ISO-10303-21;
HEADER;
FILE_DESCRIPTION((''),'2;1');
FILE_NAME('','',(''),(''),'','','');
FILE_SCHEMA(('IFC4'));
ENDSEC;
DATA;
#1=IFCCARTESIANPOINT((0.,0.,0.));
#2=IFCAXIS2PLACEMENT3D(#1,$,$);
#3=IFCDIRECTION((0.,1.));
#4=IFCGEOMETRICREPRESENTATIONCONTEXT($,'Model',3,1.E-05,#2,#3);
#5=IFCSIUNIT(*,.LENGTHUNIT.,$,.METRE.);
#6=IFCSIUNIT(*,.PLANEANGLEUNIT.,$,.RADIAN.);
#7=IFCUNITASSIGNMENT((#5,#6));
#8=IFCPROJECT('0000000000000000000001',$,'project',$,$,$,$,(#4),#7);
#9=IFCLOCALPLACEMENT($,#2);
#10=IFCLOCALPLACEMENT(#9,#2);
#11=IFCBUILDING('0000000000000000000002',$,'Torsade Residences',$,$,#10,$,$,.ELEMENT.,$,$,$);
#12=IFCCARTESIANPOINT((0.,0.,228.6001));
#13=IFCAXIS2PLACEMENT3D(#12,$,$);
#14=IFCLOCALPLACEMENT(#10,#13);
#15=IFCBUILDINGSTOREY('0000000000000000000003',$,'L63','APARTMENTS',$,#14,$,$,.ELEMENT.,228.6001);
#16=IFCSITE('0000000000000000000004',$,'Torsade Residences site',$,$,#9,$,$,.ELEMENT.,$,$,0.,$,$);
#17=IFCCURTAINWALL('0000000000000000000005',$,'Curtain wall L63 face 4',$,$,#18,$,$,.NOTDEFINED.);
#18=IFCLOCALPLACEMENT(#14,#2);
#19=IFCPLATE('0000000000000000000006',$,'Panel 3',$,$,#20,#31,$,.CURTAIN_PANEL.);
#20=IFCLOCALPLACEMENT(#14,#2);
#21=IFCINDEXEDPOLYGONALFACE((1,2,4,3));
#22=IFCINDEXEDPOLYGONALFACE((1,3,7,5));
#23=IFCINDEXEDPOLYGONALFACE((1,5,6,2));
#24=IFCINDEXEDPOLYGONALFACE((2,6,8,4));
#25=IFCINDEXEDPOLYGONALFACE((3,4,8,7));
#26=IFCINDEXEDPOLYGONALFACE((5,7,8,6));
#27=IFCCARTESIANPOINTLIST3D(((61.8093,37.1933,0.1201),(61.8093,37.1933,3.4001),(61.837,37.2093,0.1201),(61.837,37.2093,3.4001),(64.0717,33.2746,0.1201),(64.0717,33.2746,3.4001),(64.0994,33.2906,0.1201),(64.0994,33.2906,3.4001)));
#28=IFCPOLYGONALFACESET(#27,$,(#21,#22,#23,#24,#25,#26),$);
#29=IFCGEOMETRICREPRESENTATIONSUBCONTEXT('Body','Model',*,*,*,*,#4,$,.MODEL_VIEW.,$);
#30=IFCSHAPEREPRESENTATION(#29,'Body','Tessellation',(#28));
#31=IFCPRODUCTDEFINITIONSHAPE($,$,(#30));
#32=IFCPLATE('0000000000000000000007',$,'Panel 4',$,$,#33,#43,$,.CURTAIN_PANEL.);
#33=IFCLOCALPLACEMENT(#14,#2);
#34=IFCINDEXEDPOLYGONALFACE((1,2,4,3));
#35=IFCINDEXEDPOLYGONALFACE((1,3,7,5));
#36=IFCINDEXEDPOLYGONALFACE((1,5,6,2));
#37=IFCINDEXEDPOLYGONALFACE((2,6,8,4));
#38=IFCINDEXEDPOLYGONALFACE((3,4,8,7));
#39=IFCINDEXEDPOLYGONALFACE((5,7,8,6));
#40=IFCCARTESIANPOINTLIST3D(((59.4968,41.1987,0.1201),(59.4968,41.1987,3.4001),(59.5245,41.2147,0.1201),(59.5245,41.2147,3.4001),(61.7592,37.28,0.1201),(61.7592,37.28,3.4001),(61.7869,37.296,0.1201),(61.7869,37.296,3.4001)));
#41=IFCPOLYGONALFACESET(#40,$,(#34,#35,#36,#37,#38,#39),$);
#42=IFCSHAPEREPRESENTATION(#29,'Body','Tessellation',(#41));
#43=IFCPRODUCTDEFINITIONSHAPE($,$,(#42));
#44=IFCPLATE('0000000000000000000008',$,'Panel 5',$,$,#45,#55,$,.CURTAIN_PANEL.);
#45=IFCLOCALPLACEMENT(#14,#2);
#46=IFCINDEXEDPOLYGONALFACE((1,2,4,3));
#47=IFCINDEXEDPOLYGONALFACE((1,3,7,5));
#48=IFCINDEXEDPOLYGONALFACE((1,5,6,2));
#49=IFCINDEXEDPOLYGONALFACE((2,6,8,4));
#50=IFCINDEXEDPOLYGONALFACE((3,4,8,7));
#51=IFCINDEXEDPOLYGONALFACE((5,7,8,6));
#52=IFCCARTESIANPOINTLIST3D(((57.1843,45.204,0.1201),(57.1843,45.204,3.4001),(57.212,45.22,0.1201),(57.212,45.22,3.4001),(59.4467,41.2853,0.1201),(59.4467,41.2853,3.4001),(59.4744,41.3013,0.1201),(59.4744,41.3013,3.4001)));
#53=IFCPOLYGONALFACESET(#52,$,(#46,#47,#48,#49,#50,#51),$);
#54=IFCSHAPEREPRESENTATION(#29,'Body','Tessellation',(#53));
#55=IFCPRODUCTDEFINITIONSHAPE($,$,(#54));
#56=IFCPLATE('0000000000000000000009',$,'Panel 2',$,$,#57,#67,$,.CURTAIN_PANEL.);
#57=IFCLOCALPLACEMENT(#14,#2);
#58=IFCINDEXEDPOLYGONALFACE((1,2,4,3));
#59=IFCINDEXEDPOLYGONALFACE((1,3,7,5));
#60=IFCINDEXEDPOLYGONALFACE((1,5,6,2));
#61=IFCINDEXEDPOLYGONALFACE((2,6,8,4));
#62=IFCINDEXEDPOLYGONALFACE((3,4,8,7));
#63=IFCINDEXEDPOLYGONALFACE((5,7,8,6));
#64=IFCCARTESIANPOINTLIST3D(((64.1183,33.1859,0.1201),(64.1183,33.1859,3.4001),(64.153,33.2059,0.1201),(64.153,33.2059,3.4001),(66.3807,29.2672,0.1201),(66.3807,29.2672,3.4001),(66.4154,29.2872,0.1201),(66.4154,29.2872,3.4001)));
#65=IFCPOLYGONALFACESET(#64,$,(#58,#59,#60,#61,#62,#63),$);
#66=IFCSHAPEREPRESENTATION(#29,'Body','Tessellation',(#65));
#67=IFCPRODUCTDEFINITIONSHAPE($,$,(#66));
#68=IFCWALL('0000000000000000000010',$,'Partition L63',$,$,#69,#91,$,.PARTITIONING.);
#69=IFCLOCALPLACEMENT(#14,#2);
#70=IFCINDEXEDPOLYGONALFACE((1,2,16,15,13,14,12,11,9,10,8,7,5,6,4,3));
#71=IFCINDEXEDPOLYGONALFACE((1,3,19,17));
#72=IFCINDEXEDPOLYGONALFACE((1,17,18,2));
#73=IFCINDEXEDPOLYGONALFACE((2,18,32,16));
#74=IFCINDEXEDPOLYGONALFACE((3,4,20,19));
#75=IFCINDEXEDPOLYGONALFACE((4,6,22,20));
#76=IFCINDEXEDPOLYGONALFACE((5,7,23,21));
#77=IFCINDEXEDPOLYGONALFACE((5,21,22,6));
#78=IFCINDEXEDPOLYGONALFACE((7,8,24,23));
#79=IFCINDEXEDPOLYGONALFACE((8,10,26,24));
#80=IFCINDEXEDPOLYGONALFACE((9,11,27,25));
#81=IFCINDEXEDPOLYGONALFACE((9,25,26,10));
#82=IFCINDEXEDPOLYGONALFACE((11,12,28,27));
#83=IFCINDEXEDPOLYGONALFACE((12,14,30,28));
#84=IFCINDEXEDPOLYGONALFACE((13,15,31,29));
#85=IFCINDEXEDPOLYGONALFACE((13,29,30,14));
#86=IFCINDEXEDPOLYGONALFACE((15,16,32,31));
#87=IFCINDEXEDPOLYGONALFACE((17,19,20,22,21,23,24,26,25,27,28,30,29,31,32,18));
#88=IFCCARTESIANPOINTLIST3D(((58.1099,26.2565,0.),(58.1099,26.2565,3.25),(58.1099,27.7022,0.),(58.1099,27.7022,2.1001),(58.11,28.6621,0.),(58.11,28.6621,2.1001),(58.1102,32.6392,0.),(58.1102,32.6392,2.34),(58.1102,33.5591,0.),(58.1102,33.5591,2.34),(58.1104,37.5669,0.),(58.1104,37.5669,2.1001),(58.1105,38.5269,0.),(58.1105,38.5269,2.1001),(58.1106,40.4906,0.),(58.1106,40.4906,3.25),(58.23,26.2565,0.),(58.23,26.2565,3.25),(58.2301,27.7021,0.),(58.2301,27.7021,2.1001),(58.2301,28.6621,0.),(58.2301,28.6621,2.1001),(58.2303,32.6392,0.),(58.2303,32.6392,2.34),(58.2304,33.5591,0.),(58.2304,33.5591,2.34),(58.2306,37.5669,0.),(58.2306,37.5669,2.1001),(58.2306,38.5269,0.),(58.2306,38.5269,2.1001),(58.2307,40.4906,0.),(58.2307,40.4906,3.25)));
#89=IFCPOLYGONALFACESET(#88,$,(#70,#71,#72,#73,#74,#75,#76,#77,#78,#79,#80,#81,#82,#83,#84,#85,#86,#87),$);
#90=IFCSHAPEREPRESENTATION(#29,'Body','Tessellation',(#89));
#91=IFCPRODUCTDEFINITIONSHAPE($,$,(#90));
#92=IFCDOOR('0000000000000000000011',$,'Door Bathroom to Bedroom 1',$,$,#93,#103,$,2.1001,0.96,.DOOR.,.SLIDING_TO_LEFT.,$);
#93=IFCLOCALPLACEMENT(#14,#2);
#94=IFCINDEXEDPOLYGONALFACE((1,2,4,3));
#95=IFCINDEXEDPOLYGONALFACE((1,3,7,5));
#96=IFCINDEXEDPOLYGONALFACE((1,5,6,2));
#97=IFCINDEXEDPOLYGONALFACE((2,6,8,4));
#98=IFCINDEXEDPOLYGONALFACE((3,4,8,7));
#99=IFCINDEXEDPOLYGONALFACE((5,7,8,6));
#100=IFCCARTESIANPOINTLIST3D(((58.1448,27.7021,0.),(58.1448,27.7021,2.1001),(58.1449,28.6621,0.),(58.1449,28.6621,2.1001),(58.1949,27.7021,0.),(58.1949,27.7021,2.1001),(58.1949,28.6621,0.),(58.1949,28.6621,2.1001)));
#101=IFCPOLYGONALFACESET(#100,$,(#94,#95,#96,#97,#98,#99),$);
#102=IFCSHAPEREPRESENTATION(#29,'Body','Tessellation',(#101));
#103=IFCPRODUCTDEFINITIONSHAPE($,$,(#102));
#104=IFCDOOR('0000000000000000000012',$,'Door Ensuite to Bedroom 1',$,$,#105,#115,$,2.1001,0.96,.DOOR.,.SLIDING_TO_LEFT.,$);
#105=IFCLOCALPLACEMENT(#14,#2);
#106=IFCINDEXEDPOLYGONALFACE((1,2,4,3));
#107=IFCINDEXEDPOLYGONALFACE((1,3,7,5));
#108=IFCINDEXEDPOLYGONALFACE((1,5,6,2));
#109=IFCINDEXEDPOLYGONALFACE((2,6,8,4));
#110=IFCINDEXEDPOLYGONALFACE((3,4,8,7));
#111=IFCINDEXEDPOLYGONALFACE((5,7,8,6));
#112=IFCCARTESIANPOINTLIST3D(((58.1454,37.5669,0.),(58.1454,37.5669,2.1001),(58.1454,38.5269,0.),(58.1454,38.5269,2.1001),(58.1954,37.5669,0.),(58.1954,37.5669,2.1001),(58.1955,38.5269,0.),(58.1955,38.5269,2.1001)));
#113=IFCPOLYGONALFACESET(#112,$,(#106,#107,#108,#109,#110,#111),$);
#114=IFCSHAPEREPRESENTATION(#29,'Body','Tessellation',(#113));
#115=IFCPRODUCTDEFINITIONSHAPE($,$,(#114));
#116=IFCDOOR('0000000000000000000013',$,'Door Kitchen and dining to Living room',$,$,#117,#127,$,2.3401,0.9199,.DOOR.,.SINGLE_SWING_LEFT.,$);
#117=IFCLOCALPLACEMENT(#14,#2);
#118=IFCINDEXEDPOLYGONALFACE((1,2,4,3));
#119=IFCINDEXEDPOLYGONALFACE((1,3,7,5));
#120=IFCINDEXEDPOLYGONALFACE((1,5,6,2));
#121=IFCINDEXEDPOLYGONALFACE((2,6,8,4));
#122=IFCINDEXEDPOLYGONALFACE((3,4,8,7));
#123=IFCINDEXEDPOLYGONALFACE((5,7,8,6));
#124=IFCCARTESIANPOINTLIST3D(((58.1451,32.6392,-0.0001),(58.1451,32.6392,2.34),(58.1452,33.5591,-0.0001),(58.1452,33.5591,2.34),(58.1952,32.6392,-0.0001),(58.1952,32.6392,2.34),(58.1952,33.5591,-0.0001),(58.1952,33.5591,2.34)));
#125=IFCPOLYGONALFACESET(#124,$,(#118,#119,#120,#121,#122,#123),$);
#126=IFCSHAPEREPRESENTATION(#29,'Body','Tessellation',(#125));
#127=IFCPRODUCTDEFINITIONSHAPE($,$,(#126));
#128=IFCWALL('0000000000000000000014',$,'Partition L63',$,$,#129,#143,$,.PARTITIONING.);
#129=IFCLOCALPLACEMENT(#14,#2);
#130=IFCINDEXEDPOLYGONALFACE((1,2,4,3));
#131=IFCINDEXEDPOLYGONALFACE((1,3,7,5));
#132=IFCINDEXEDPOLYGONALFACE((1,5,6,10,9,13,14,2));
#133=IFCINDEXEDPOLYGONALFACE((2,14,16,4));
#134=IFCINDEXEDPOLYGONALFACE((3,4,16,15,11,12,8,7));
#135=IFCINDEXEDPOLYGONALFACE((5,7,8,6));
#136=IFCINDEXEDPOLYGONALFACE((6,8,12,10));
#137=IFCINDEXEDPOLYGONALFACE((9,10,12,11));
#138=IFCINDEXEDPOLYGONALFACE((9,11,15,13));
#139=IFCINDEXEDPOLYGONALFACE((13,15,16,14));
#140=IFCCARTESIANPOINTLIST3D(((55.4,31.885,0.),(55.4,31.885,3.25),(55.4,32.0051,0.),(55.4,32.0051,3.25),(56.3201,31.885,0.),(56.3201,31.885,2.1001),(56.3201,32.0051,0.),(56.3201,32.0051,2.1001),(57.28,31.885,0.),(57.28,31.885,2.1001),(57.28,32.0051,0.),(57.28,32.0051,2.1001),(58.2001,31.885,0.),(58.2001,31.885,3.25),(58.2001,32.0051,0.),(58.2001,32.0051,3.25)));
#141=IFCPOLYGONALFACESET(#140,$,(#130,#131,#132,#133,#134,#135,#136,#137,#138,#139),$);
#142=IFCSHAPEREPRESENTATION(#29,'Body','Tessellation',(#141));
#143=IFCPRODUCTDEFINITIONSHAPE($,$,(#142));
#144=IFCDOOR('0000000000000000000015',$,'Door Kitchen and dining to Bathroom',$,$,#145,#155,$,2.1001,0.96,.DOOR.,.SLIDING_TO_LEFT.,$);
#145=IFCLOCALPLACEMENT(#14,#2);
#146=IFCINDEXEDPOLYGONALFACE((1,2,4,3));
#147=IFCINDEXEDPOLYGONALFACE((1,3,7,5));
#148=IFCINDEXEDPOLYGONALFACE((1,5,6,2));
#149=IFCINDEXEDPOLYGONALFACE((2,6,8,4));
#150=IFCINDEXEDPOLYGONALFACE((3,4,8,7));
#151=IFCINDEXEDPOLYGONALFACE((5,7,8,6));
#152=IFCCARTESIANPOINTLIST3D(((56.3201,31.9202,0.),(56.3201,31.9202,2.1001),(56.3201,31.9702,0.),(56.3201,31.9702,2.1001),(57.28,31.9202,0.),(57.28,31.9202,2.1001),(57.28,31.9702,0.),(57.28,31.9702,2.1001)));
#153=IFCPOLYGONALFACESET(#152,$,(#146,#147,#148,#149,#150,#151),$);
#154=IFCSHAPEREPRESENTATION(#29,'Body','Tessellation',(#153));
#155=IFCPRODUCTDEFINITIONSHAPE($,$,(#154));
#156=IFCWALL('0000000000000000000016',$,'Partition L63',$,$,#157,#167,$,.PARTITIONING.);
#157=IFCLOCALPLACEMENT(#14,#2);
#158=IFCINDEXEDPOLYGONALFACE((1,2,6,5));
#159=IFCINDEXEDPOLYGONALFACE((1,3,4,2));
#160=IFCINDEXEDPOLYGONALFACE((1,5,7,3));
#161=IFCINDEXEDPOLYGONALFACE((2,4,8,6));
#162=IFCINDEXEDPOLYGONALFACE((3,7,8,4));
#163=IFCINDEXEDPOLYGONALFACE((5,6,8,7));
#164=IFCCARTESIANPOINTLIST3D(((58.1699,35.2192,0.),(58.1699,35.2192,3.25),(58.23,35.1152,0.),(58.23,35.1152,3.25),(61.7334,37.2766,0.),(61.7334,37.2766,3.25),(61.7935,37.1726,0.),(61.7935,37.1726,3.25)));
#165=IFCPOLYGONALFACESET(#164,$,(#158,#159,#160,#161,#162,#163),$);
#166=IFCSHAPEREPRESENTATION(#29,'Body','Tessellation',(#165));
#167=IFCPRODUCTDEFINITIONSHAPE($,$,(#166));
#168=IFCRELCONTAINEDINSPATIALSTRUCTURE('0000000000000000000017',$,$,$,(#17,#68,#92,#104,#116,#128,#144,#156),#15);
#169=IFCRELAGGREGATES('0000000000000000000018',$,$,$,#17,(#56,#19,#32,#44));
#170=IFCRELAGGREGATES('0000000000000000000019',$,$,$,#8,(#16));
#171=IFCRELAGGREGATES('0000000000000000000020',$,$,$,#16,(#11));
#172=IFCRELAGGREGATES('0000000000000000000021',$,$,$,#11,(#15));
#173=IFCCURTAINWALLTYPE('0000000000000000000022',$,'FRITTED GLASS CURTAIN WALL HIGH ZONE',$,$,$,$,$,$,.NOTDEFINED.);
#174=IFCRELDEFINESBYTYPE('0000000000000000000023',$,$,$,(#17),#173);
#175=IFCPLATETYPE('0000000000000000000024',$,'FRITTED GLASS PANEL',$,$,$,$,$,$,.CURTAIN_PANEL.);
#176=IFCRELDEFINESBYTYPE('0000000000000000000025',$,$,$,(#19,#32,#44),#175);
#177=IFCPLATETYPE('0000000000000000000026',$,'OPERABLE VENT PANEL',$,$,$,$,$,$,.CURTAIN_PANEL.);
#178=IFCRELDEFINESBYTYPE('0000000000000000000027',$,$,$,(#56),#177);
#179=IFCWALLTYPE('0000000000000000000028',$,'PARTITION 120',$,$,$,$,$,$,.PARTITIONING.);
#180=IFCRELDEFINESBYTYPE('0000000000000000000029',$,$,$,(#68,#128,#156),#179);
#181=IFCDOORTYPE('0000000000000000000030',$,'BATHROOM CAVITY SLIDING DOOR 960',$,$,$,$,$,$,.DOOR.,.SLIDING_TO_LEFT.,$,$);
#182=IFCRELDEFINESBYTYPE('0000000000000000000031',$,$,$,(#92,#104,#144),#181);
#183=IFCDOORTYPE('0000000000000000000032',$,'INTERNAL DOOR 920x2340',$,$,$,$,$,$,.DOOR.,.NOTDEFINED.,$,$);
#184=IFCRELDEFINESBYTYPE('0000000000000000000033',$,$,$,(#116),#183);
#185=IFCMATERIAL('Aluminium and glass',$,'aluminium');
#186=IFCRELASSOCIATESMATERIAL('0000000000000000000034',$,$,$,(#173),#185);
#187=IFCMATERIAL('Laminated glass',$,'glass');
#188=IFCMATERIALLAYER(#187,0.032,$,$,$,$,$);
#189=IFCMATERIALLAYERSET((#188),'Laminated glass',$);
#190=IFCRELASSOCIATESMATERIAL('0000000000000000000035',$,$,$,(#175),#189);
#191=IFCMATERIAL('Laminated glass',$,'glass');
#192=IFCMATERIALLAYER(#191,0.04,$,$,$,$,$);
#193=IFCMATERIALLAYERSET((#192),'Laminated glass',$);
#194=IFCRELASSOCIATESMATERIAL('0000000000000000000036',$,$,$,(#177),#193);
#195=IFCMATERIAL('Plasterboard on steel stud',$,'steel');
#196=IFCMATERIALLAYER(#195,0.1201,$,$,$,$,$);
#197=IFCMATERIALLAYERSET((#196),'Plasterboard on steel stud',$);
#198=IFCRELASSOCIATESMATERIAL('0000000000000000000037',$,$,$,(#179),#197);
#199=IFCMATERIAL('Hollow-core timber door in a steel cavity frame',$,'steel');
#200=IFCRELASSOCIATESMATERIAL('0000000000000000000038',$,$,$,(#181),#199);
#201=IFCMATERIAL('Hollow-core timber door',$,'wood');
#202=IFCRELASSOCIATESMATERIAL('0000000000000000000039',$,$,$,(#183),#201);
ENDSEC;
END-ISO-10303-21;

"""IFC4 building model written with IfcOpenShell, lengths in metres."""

from ifc_helpers import new_model, si_unit, direction, frame, frame_2d, origin, origin_2d, place, context, subcontext, project, spatial, rectangle, extrude, material, layer, layer_set, type_object, element, fill, aggregate, save


model = new_model("IFC4")

# Units and contexts
model_context = context("Model", 3, precision=1e-05, world=origin(), true_north=direction((0.0, 1.0)))
body_context = subcontext(model_context, "Body", "Model", "MODEL_VIEW")
ifc_project = project(units=[si_unit("LENGTHUNIT", "METRE"), si_unit("PLANEANGLEUNIT", "RADIAN")], contexts=[model_context])

# Site, building, storey
site_placement = place(None, origin())
site = spatial("IfcSite", under=ifc_project, at=site_placement, Name="Torsade Residences site", CompositionType="ELEMENT", RefElevation=0.0)
building_placement = place(site_placement, origin())
building = spatial("IfcBuilding", under=site, at=building_placement, Name="Torsade Residences", CompositionType="ELEMENT")
storey_placement = place(building_placement, frame((0.0, 0.0, 228.6001)))
storey = spatial("IfcBuildingStorey", under=building, at=storey_placement, Name="L63", Description="APARTMENTS", CompositionType="ELEMENT", Elevation=228.6001)

# Curtain wall
ifc_material_1 = material(Name="Aluminium and glass", Category="aluminium")
curtain_wall_type = type_object("IfcCurtainWallType", Name="FRITTED GLASS CURTAIN WALL HIGH ZONE", PredefinedType="NOTDEFINED", material=ifc_material_1)
curtain_wall_placement = place(storey_placement, origin())
curtain_wall = element("IfcCurtainWall", 1, at=curtain_wall_placement, inside=storey, type_object=curtain_wall_type, Name="Curtain wall L63 face 4", PredefinedType="NOTDEFINED")

# Plates
ifc_material_2 = material(Name="Laminated glass", Category="glass")
ifc_layer_1 = layer(ifc_material_2, 0.032)
ifc_layer_set_1 = layer_set([ifc_layer_1], Name="Laminated glass")
plate_type_1 = type_object("IfcPlateType", Name="FRITTED GLASS PANEL", PredefinedType="CURTAIN_PANEL", material=ifc_layer_set_1)
plate_1_placement = place(storey_placement, frame((62.9543, 35.2419, 0.1201), z_axis=(0.0, 0.0, 1.0), x_axis=(-0.5, 0.866025, 0.0)))
plate_1 = element("IfcPlate", 2, at=plate_1_placement, type_object=plate_type_1, Name="Panel 3", PredefinedType="CURTAIN_PANEL", context=body_context, shape_type="SweptSolid", body=[
    extrude(rectangle(XDim=4.5249, YDim=0.032, at=origin_2d()), origin(), (0.0, 0.0, 1.0), 3.28),
])
plate_2_placement = place(storey_placement, frame((60.6418, 39.2473, 0.1201), z_axis=(0.0, 0.0, 1.0), x_axis=(-0.5, 0.866025, 0.0)))
plate_2 = element("IfcPlate", 3, at=plate_2_placement, type_object=plate_type_1, Name="Panel 4", PredefinedType="CURTAIN_PANEL", context=body_context, shape_type="SweptSolid", body=[
    extrude(rectangle(XDim=4.5249, YDim=0.032, at=origin_2d()), origin(), (0.0, 0.0, 1.0), 3.28),
])
plate_3_placement = place(storey_placement, frame((58.3293, 43.2527, 0.1201), z_axis=(0.0, 0.0, 1.0), x_axis=(-0.5, 0.866025, 0.0)))
plate_3 = element("IfcPlate", 4, at=plate_3_placement, type_object=plate_type_1, Name="Panel 5", PredefinedType="CURTAIN_PANEL", context=body_context, shape_type="SweptSolid", body=[
    extrude(rectangle(XDim=4.5249, YDim=0.032, at=origin_2d()), origin(), (0.0, 0.0, 1.0), 3.28),
])
ifc_material_3 = material(Name="Laminated glass", Category="glass")
ifc_layer_2 = layer(ifc_material_3, 0.04)
ifc_layer_set_2 = layer_set([ifc_layer_2], Name="Laminated glass")
plate_type_2 = type_object("IfcPlateType", Name="OPERABLE VENT PANEL", PredefinedType="CURTAIN_PANEL", material=ifc_layer_set_2)
plate_4_placement = place(storey_placement, frame((65.2668, 31.2366, 0.1201), z_axis=(0.0, 0.0, 1.0), x_axis=(-0.5, 0.866025, 0.0)))
plate_4 = element("IfcPlate", 5, at=plate_4_placement, type_object=plate_type_2, Name="Panel 2", PredefinedType="CURTAIN_PANEL", context=body_context, shape_type="SweptSolid", body=[
    extrude(rectangle(XDim=4.5249, YDim=0.04, at=origin_2d()), origin(), (0.0, 0.0, 1.0), 3.28),
])
aggregate(curtain_wall, [plate_4, plate_1, plate_2, plate_3])

# Wall, openings, doors
ifc_material_4 = material(Name="Plasterboard on steel stud", Category="steel")
ifc_layer_3 = layer(ifc_material_4, 0.1201)
ifc_layer_set_3 = layer_set([ifc_layer_3], Name="Plasterboard on steel stud")
wall_type_1 = type_object("IfcWallType", Name="PARTITION 120", PredefinedType="PARTITIONING", material=ifc_layer_set_3)
wall_1_placement = place(storey_placement, frame((58.1707, 40.4907, 0.0), z_axis=(0.0, 0.0, 1.0), x_axis=(-0.000051, -1.0, 0.0)))
wall_1 = element("IfcWall", 6, at=wall_1_placement, inside=storey, type_object=wall_type_1, Name="Partition L63", PredefinedType="PARTITIONING", context=body_context, shape_type="SweptSolid", body=[
    extrude(rectangle(XDim=14.2341, YDim=0.1201, at=frame_2d((7.1172, 0.0))), origin(), (0.0, 0.0, 1.0), 3.25),
])
opening_1_placement = place(wall_1_placement, frame((6.9316, 0.0, 0.0)))
opening_1 = element("IfcOpeningElement", 7, at=opening_1_placement, cuts=wall_1, PredefinedType="OPENING", context=body_context, shape_type="SweptSolid", body=[
    extrude(rectangle(XDim=0.9199, YDim=2.3401, at=frame_2d((0.46, 1.1699))), frame((0.0, 0.0701, 0.0), z_axis=(0.0, -1.0, 0.0), x_axis=(1.0, 0.0, 0.0)), (0.0, 0.0, 1.0), 0.1401),
])
opening_2_placement = place(wall_1_placement, frame((11.8286, 0.0, 0.0)))
opening_2 = element("IfcOpeningElement", 8, at=opening_2_placement, cuts=wall_1, PredefinedType="OPENING", context=body_context, shape_type="SweptSolid", body=[
    extrude(rectangle(XDim=0.96, YDim=2.1001, at=frame_2d((0.48, 1.05))), frame((0.0, 0.0701, 0.0), z_axis=(0.0, -1.0, 0.0), x_axis=(1.0, 0.0, 0.0)), (0.0, 0.0, 1.0), 0.1401),
])
opening_3_placement = place(wall_1_placement, frame((1.9639, 0.0, 0.0)))
opening_3 = element("IfcOpeningElement", 9, at=opening_3_placement, cuts=wall_1, PredefinedType="OPENING", context=body_context, shape_type="SweptSolid", body=[
    extrude(rectangle(XDim=0.96, YDim=2.1001, at=frame_2d((0.48, 1.05))), frame((0.0, 0.0701, 0.0), z_axis=(0.0, -1.0, 0.0), x_axis=(1.0, 0.0, 0.0)), (0.0, 0.0, 1.0), 0.1401),
])
ifc_material_5 = material(Name="Hollow-core timber door in a steel cavity frame", Category="steel")
door_type_1 = type_object("IfcDoorType", Name="BATHROOM CAVITY SLIDING DOOR 960", OperationType="SLIDING_TO_LEFT", PredefinedType="DOOR", material=ifc_material_5)
door_1_placement = place(opening_2_placement, origin())
door_1 = element("IfcDoor", 10, at=door_1_placement, inside=storey, type_object=door_type_1, Name="Door Bathroom to Bedroom 1", OperationType="SLIDING_TO_LEFT", OverallHeight=2.1001, OverallWidth=0.96, PredefinedType="DOOR", context=body_context, shape_type="SweptSolid", body=[
    extrude(rectangle(XDim=0.96, YDim=2.1001, at=frame_2d((0.48, 1.05))), frame((0.0, 0.0249, 0.0), z_axis=(0.0, -1.0, 0.0), x_axis=(1.0, 0.0, 0.0)), (0.0, 0.0, 1.0), 0.05),
])
fill(opening_2, door_1)
door_2_placement = place(opening_3_placement, origin())
door_2 = element("IfcDoor", 11, at=door_2_placement, inside=storey, type_object=door_type_1, Name="Door Ensuite to Bedroom 1", OperationType="SLIDING_TO_LEFT", OverallHeight=2.1001, OverallWidth=0.96, PredefinedType="DOOR", context=body_context, shape_type="SweptSolid", body=[
    extrude(rectangle(XDim=0.96, YDim=2.1001, at=frame_2d((0.48, 1.05))), frame((0.0, 0.0249, 0.0), z_axis=(0.0, -1.0, 0.0), x_axis=(1.0, 0.0, 0.0)), (0.0, 0.0, 1.0), 0.05),
])
fill(opening_3, door_2)
ifc_material_6 = material(Name="Hollow-core timber door", Category="wood")
door_type_2 = type_object("IfcDoorType", Name="INTERNAL DOOR 920x2340", OperationType="NOTDEFINED", PredefinedType="DOOR", material=ifc_material_6)
door_3_placement = place(opening_1_placement, origin())
door_3 = element("IfcDoor", 12, at=door_3_placement, inside=storey, type_object=door_type_2, Name="Door Kitchen and dining to Living room", OperationType="SINGLE_SWING_LEFT", OverallHeight=2.3401, OverallWidth=0.9199, PredefinedType="DOOR", context=body_context, shape_type="SweptSolid", body=[
    extrude(rectangle(XDim=0.9199, YDim=2.3401, at=frame_2d((0.46, 1.1699))), frame((0.0, 0.0249, 0.0), z_axis=(0.0, -1.0, 0.0), x_axis=(1.0, 0.0, 0.0)), (0.0, 0.0, 1.0), 0.05),
])
fill(opening_1, door_3)

# Wall, opening, door
wall_2_placement = place(storey_placement, frame((58.2, 31.9451, 0.0), z_axis=(0.0, 0.0, 1.0), x_axis=(-1.0, 0.0, 0.0)))
wall_2 = element("IfcWall", 13, at=wall_2_placement, inside=storey, type_object=wall_type_1, Name="Partition L63", PredefinedType="PARTITIONING", context=body_context, shape_type="SweptSolid", body=[
    extrude(rectangle(XDim=2.8, YDim=0.1201, at=frame_2d((1.3999, 0.0))), origin(), (0.0, 0.0, 1.0), 3.25),
])
opening_4_placement = place(wall_2_placement, frame((0.9199, 0.0, 0.0)))
opening_4 = element("IfcOpeningElement", 14, at=opening_4_placement, cuts=wall_2, PredefinedType="OPENING", context=body_context, shape_type="SweptSolid", body=[
    extrude(rectangle(XDim=0.96, YDim=2.1001, at=frame_2d((0.48, 1.05))), frame((0.0, 0.0701, 0.0), z_axis=(0.0, -1.0, 0.0), x_axis=(1.0, 0.0, 0.0)), (0.0, 0.0, 1.0), 0.1401),
])
door_4_placement = place(opening_4_placement, origin())
door_4 = element("IfcDoor", 15, at=door_4_placement, inside=storey, type_object=door_type_1, Name="Door Kitchen and dining to Bathroom", OperationType="SLIDING_TO_LEFT", OverallHeight=2.1001, OverallWidth=0.96, PredefinedType="DOOR", context=body_context, shape_type="SweptSolid", body=[
    extrude(rectangle(XDim=0.96, YDim=2.1001, at=frame_2d((0.48, 1.05))), frame((0.0, 0.0249, 0.0), z_axis=(0.0, -1.0, 0.0), x_axis=(1.0, 0.0, 0.0)), (0.0, 0.0, 1.0), 0.05),
])
fill(opening_4, door_4)

# Wall
wall_3_placement = place(storey_placement, frame((58.2, 35.1672, 0.0), z_axis=(0.0, 0.0, 1.0), x_axis=(0.866026, 0.5, 0.0)))
element("IfcWall", 16, at=wall_3_placement, inside=storey, type_object=wall_type_1, Name="Partition L63", PredefinedType="PARTITIONING", context=body_context, shape_type="SweptSolid", body=[
    extrude(rectangle(XDim=4.1147, YDim=0.1201, at=frame_2d((2.0574, 0.0))), origin(), (0.0, 0.0, 1.0), 3.25),
])

save(model, "model.ifc")
